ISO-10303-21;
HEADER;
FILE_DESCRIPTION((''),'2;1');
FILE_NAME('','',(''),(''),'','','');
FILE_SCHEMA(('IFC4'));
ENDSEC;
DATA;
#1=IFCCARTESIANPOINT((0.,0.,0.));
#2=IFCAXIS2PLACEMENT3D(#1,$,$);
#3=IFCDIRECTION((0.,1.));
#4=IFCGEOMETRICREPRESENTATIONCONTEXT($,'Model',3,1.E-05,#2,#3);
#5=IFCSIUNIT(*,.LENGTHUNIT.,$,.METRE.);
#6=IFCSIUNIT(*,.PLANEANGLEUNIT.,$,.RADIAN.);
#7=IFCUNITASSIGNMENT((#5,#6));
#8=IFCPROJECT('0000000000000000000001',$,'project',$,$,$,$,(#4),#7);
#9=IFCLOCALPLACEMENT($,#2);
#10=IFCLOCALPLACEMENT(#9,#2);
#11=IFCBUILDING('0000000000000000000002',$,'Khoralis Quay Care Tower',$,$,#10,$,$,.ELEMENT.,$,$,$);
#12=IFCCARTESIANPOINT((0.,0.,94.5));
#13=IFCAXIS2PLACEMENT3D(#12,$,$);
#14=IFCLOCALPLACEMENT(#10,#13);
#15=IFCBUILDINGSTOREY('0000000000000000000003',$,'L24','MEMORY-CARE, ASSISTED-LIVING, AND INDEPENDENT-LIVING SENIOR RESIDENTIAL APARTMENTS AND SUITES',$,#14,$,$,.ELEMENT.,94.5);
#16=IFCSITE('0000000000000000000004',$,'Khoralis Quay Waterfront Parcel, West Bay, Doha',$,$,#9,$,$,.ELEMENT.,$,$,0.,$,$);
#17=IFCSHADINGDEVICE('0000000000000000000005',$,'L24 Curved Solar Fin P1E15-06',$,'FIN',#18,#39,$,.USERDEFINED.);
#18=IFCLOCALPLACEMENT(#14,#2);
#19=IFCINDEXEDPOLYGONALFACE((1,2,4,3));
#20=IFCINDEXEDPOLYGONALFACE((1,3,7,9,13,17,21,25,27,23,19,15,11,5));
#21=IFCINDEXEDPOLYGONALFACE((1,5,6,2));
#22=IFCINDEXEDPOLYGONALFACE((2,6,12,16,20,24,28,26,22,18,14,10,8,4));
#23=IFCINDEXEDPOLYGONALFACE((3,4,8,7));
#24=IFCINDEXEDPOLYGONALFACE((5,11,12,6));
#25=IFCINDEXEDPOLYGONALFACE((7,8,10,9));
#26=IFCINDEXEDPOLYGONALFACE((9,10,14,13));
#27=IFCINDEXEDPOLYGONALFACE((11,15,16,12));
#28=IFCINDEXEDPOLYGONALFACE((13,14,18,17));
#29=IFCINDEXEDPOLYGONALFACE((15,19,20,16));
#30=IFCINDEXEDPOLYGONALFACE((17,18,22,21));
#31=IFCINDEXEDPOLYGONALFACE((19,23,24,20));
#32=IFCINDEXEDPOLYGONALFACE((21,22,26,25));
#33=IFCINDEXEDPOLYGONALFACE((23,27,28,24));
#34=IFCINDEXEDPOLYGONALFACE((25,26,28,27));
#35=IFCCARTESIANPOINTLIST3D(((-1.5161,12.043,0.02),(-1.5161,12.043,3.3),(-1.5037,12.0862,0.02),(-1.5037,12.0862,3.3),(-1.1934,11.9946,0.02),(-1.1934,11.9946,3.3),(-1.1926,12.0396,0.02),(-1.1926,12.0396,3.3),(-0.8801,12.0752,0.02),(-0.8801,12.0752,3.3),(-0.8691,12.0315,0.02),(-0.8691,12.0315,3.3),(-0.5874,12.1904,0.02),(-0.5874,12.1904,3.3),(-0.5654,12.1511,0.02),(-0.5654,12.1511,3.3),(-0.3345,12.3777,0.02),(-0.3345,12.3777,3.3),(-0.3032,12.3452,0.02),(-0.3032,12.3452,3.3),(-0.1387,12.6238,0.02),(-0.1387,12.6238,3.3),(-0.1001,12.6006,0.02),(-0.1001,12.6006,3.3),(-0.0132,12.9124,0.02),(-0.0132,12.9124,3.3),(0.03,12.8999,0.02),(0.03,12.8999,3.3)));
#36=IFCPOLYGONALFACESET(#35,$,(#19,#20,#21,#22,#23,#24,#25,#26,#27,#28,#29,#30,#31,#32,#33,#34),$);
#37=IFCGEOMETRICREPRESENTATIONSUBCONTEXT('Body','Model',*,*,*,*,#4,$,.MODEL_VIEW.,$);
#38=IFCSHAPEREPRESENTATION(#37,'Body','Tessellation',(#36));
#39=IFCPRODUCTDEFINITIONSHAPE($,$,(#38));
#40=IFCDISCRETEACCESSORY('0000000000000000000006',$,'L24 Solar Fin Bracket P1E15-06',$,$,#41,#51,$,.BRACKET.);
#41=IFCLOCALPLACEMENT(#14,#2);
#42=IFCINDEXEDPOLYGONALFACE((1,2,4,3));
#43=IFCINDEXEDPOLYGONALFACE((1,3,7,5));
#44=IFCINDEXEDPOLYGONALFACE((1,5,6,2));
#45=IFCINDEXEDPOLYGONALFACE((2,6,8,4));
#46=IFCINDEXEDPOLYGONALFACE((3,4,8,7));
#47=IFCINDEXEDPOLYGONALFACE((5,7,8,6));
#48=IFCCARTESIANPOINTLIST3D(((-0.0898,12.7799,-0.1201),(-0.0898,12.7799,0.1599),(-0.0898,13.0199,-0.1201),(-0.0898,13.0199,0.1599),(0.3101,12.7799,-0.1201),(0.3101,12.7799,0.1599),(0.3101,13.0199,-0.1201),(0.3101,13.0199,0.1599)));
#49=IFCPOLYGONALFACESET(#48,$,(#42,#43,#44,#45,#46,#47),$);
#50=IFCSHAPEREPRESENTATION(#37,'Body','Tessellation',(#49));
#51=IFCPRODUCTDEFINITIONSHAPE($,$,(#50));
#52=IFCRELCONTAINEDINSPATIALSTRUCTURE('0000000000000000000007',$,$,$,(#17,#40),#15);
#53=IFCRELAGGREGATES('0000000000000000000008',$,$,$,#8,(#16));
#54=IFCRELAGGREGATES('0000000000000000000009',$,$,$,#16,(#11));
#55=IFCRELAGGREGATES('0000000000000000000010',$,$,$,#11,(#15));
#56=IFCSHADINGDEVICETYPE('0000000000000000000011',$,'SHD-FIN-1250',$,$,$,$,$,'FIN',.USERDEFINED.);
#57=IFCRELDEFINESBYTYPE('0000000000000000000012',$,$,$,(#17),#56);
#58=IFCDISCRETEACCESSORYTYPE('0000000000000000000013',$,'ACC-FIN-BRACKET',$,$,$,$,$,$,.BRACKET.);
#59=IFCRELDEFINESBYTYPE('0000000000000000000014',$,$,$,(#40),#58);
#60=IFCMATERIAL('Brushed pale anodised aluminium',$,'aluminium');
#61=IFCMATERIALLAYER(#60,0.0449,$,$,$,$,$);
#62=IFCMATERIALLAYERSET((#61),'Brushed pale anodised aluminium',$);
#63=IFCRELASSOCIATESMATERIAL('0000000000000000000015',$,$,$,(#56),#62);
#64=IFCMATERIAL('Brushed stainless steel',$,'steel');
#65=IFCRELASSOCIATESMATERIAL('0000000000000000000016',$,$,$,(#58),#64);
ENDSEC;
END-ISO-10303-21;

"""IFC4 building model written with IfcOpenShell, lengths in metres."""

from ifc_helpers import new_model, si_unit, direction, frame, origin, origin_2d, place, context, subcontext, project, spatial, polyline, rectangle, outline, extrude, source, transform, mapped, material, layer, layer_set, type_object, element, save


model = new_model("IFC4")

# Units and contexts
model_context = context("Model", 3, precision=1e-05, world=origin(), true_north=direction((0.0, 1.0)))
body_context = subcontext(model_context, "Body", "Model", "MODEL_VIEW")
ifc_project = project(units=[si_unit("LENGTHUNIT", "METRE"), si_unit("PLANEANGLEUNIT", "RADIAN")], contexts=[model_context])

# Site, building, storey
site_placement = place(None, origin())
site = spatial("IfcSite", under=ifc_project, at=site_placement, Name="Khoralis Quay Waterfront Parcel, West Bay, Doha", CompositionType="ELEMENT", RefElevation=0.0)
building_placement = place(site_placement, origin())
building = spatial("IfcBuilding", under=site, at=building_placement, Name="Khoralis Quay Care Tower", CompositionType="ELEMENT")
storey_placement = place(building_placement, frame((0.0, 0.0, 94.5)))
storey = spatial("IfcBuildingStorey", under=building, at=storey_placement, Name="L24", Description="MEMORY-CARE, ASSISTED-LIVING, AND INDEPENDENT-LIVING SENIOR RESIDENTIAL APARTMENTS AND SUITES", CompositionType="ELEMENT", Elevation=94.5)

# Shading device
ifc_material_1 = material(Name="Brushed pale anodised aluminium", Category="aluminium")
ifc_layer_1 = layer(ifc_material_1, 0.0449)
ifc_layer_set_1 = layer_set([ifc_layer_1], Name="Brushed pale anodised aluminium")
shading_device_type = type_object("IfcShadingDeviceType", Name="SHD-FIN-1250", ElementType="FIN", PredefinedType="USERDEFINED", material=ifc_layer_set_1)
shared_shape_1 = source(origin(), body_context, "Body", "SweptSolid", [
    extrude(outline(polyline([(0.0, 0.0), (0.1301, 0.2993), (0.3333, 0.5547), (0.5955, 0.7488), (0.8992, 0.8684), (1.2234, 0.9053), (1.5461, 0.8569), (1.5337, 0.8137), (1.2227, 0.8604), (0.9102, 0.8247), (0.6174, 0.7095), (0.3645, 0.5222), (0.1687, 0.2761), (0.0432, -0.0125), (0.0, 0.0)])), origin(), (0.0, 0.0, 1.0), 3.28),
])
for number, where, z_axis, x_axis, name in (
    (1, (0.03, 12.8999, 0.02), (0.0, 0.0, 1.0), (-1.0, 0.0, 0.0), "L24 Curved Solar Fin P1E15-06"),
):
    element("IfcShadingDevice", number, at=place(storey_placement, frame(where, z_axis=z_axis, x_axis=x_axis)), inside=storey, type_object=shading_device_type, Name=name, ObjectType="FIN", PredefinedType="USERDEFINED", context=body_context, shape_type="MappedRepresentation", body=[
        mapped(shared_shape_1, transform((0.0, 0.0, 0.0), scale=1.0)),
    ])

# Discrete accessory
ifc_material_2 = material(Name="Brushed stainless steel", Category="steel")
discrete_accessory_type = type_object("IfcDiscreteAccessoryType", Name="ACC-FIN-BRACKET", PredefinedType="BRACKET", material=ifc_material_2)
shared_shape_2 = source(origin(), body_context, "Body", "SweptSolid", [
    extrude(rectangle(XDim=0.3999, YDim=0.24, at=origin_2d()), origin(), (0.0, 0.0, 1.0), 0.28),
])
discrete_accessory_placement = place(storey_placement, frame((0.1101, 12.8999, -0.1201), z_axis=(0.0, 0.0, 1.0), x_axis=(-1.0, 0.0, 0.0)))
element("IfcDiscreteAccessory", 2, at=discrete_accessory_placement, inside=storey, type_object=discrete_accessory_type, Name="L24 Solar Fin Bracket P1E15-06", PredefinedType="BRACKET", context=body_context, shape_type="MappedRepresentation", body=[
    mapped(shared_shape_2, transform((0.0, 0.0, 0.0), scale=1.0)),
])

save(model, "model.ifc")
